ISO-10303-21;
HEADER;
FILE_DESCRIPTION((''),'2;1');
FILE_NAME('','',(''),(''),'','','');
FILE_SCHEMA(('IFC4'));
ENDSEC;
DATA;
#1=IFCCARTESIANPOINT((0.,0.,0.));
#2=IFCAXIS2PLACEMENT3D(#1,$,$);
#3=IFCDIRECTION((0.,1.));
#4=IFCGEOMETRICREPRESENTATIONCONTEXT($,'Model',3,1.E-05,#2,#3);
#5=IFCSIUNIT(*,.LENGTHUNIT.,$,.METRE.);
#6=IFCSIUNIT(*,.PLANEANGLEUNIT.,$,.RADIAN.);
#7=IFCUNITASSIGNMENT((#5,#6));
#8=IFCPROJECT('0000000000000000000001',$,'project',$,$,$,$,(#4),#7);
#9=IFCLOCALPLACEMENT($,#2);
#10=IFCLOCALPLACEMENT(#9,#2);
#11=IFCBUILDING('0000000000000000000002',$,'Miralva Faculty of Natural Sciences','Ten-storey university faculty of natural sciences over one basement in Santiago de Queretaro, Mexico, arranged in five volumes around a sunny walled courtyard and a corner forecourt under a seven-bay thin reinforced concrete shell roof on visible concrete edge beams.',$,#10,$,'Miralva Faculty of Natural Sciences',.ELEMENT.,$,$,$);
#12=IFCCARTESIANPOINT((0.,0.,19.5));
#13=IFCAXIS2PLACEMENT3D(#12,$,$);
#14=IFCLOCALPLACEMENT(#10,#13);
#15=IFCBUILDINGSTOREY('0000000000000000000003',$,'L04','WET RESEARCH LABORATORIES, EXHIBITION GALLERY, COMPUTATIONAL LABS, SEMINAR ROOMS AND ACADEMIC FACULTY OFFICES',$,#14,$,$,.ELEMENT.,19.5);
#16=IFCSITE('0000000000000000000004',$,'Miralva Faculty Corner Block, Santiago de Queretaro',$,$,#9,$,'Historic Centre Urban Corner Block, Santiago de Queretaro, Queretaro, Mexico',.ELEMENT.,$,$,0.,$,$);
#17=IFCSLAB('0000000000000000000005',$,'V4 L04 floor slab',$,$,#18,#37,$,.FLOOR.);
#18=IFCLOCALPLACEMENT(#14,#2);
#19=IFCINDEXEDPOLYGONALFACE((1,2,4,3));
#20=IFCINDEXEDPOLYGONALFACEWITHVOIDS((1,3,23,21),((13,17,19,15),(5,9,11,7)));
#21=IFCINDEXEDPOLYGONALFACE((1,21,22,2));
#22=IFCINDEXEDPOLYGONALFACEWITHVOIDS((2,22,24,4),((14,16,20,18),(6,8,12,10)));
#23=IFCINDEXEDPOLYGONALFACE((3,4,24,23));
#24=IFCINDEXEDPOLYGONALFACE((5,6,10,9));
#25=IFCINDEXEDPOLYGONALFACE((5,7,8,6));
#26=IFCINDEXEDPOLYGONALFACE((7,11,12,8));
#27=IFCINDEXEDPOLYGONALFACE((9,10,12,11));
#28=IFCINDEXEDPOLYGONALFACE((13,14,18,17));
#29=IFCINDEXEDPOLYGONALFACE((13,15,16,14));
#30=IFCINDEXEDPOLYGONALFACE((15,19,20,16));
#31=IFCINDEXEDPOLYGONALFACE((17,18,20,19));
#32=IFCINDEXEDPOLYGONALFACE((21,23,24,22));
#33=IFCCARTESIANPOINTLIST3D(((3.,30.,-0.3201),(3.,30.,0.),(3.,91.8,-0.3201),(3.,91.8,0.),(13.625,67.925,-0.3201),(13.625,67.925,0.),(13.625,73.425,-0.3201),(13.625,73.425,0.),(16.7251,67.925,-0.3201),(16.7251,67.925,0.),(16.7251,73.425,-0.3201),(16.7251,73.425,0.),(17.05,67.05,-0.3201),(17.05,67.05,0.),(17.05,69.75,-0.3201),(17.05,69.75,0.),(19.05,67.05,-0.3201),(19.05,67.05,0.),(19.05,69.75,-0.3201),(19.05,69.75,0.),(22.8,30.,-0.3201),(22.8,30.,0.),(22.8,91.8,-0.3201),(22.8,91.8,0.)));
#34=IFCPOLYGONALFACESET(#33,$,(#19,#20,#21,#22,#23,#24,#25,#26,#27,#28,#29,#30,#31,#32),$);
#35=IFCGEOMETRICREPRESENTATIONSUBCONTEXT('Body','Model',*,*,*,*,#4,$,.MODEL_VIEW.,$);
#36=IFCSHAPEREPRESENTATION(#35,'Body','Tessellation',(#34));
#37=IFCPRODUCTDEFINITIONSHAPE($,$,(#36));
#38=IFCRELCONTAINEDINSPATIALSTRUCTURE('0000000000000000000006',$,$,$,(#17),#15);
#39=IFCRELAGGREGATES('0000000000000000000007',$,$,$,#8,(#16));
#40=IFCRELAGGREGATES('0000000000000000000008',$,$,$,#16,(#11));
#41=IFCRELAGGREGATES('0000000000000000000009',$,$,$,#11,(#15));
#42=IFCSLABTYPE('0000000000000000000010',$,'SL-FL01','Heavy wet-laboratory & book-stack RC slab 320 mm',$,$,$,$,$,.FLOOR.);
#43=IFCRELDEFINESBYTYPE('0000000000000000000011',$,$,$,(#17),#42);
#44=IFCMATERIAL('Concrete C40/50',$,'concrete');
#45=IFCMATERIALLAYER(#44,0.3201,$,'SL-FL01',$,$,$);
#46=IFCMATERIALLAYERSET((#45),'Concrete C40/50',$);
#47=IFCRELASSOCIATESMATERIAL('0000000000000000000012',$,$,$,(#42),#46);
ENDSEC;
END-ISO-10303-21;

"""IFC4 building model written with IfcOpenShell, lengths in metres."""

from ifc_helpers import new_model, si_unit, direction, frame, origin, place, context, subcontext, project, spatial, polyline, outline, extrude, material, layer, layer_set, type_object, element, save


model = new_model("IFC4")

# Units and contexts
model_context = context("Model", 3, precision=1e-05, world=origin(), true_north=direction((0.0, 1.0)))
body_context = subcontext(model_context, "Body", "Model", "MODEL_VIEW")
ifc_project = project(units=[si_unit("LENGTHUNIT", "METRE"), si_unit("PLANEANGLEUNIT", "RADIAN")], contexts=[model_context])

# Site, building, storey
site_placement = place(None, origin())
site = spatial("IfcSite", under=ifc_project, at=site_placement, Name="Miralva Faculty Corner Block, Santiago de Queretaro", LongName="Historic Centre Urban Corner Block, Santiago de Queretaro, Queretaro, Mexico", CompositionType="ELEMENT", RefElevation=0.0)
building_placement = place(site_placement, origin())
building = spatial("IfcBuilding", under=site, at=building_placement, Name="Miralva Faculty of Natural Sciences", Description="Ten-storey university faculty of natural sciences over one basement in Santiago de Queretaro, Mexico, arranged in five volumes around a sunny walled courtyard and a corner forecourt under a seven-bay thin reinforced concrete shell roof on visible concrete edge beams.", LongName="Miralva Faculty of Natural Sciences", CompositionType="ELEMENT")
storey_placement = place(building_placement, frame((0.0, 0.0, 19.5)))
storey = spatial("IfcBuildingStorey", under=building, at=storey_placement, Name="L04", Description="WET RESEARCH LABORATORIES, EXHIBITION GALLERY, COMPUTATIONAL LABS, SEMINAR ROOMS AND ACADEMIC FACULTY OFFICES", CompositionType="ELEMENT", Elevation=19.5)

# Shared definitions
ifc_material_1 = material(Name="Concrete C40/50", Category="concrete")

# Slab
ifc_layer_1 = layer(ifc_material_1, 0.3201, Name="SL-FL01")
ifc_layer_set_1 = layer_set([ifc_layer_1], Name="Concrete C40/50")
slab_type_1 = type_object("IfcSlabType", Name="SL-FL01", Description="Heavy wet-laboratory & book-stack RC slab 320 mm", PredefinedType="FLOOR", material=ifc_layer_set_1)
slab_1_placement = place(storey_placement, frame((0.0, 0.0, -0.3201)))
element("IfcSlab", 1, at=slab_1_placement, inside=storey, type_object=slab_type_1, Name="V4 L04 floor slab", PredefinedType="FLOOR", context=body_context, shape_type="SweptSolid", body=[
    extrude(outline(polyline([(22.8, 30.0), (3.0, 30.0), (3.0, 91.8), (22.8, 91.8), (22.8, 30.0)]), holes=[polyline([(16.7251, 67.925), (13.625, 67.925), (13.625, 73.425), (16.7251, 73.425), (16.7251, 67.925)]), polyline([(19.05, 67.05), (17.05, 67.05), (17.05, 69.75), (19.05, 69.75), (19.05, 67.05)])]), origin(), (0.0, 0.0, 1.0), 0.3201),
])

save(model, "model.ifc")
